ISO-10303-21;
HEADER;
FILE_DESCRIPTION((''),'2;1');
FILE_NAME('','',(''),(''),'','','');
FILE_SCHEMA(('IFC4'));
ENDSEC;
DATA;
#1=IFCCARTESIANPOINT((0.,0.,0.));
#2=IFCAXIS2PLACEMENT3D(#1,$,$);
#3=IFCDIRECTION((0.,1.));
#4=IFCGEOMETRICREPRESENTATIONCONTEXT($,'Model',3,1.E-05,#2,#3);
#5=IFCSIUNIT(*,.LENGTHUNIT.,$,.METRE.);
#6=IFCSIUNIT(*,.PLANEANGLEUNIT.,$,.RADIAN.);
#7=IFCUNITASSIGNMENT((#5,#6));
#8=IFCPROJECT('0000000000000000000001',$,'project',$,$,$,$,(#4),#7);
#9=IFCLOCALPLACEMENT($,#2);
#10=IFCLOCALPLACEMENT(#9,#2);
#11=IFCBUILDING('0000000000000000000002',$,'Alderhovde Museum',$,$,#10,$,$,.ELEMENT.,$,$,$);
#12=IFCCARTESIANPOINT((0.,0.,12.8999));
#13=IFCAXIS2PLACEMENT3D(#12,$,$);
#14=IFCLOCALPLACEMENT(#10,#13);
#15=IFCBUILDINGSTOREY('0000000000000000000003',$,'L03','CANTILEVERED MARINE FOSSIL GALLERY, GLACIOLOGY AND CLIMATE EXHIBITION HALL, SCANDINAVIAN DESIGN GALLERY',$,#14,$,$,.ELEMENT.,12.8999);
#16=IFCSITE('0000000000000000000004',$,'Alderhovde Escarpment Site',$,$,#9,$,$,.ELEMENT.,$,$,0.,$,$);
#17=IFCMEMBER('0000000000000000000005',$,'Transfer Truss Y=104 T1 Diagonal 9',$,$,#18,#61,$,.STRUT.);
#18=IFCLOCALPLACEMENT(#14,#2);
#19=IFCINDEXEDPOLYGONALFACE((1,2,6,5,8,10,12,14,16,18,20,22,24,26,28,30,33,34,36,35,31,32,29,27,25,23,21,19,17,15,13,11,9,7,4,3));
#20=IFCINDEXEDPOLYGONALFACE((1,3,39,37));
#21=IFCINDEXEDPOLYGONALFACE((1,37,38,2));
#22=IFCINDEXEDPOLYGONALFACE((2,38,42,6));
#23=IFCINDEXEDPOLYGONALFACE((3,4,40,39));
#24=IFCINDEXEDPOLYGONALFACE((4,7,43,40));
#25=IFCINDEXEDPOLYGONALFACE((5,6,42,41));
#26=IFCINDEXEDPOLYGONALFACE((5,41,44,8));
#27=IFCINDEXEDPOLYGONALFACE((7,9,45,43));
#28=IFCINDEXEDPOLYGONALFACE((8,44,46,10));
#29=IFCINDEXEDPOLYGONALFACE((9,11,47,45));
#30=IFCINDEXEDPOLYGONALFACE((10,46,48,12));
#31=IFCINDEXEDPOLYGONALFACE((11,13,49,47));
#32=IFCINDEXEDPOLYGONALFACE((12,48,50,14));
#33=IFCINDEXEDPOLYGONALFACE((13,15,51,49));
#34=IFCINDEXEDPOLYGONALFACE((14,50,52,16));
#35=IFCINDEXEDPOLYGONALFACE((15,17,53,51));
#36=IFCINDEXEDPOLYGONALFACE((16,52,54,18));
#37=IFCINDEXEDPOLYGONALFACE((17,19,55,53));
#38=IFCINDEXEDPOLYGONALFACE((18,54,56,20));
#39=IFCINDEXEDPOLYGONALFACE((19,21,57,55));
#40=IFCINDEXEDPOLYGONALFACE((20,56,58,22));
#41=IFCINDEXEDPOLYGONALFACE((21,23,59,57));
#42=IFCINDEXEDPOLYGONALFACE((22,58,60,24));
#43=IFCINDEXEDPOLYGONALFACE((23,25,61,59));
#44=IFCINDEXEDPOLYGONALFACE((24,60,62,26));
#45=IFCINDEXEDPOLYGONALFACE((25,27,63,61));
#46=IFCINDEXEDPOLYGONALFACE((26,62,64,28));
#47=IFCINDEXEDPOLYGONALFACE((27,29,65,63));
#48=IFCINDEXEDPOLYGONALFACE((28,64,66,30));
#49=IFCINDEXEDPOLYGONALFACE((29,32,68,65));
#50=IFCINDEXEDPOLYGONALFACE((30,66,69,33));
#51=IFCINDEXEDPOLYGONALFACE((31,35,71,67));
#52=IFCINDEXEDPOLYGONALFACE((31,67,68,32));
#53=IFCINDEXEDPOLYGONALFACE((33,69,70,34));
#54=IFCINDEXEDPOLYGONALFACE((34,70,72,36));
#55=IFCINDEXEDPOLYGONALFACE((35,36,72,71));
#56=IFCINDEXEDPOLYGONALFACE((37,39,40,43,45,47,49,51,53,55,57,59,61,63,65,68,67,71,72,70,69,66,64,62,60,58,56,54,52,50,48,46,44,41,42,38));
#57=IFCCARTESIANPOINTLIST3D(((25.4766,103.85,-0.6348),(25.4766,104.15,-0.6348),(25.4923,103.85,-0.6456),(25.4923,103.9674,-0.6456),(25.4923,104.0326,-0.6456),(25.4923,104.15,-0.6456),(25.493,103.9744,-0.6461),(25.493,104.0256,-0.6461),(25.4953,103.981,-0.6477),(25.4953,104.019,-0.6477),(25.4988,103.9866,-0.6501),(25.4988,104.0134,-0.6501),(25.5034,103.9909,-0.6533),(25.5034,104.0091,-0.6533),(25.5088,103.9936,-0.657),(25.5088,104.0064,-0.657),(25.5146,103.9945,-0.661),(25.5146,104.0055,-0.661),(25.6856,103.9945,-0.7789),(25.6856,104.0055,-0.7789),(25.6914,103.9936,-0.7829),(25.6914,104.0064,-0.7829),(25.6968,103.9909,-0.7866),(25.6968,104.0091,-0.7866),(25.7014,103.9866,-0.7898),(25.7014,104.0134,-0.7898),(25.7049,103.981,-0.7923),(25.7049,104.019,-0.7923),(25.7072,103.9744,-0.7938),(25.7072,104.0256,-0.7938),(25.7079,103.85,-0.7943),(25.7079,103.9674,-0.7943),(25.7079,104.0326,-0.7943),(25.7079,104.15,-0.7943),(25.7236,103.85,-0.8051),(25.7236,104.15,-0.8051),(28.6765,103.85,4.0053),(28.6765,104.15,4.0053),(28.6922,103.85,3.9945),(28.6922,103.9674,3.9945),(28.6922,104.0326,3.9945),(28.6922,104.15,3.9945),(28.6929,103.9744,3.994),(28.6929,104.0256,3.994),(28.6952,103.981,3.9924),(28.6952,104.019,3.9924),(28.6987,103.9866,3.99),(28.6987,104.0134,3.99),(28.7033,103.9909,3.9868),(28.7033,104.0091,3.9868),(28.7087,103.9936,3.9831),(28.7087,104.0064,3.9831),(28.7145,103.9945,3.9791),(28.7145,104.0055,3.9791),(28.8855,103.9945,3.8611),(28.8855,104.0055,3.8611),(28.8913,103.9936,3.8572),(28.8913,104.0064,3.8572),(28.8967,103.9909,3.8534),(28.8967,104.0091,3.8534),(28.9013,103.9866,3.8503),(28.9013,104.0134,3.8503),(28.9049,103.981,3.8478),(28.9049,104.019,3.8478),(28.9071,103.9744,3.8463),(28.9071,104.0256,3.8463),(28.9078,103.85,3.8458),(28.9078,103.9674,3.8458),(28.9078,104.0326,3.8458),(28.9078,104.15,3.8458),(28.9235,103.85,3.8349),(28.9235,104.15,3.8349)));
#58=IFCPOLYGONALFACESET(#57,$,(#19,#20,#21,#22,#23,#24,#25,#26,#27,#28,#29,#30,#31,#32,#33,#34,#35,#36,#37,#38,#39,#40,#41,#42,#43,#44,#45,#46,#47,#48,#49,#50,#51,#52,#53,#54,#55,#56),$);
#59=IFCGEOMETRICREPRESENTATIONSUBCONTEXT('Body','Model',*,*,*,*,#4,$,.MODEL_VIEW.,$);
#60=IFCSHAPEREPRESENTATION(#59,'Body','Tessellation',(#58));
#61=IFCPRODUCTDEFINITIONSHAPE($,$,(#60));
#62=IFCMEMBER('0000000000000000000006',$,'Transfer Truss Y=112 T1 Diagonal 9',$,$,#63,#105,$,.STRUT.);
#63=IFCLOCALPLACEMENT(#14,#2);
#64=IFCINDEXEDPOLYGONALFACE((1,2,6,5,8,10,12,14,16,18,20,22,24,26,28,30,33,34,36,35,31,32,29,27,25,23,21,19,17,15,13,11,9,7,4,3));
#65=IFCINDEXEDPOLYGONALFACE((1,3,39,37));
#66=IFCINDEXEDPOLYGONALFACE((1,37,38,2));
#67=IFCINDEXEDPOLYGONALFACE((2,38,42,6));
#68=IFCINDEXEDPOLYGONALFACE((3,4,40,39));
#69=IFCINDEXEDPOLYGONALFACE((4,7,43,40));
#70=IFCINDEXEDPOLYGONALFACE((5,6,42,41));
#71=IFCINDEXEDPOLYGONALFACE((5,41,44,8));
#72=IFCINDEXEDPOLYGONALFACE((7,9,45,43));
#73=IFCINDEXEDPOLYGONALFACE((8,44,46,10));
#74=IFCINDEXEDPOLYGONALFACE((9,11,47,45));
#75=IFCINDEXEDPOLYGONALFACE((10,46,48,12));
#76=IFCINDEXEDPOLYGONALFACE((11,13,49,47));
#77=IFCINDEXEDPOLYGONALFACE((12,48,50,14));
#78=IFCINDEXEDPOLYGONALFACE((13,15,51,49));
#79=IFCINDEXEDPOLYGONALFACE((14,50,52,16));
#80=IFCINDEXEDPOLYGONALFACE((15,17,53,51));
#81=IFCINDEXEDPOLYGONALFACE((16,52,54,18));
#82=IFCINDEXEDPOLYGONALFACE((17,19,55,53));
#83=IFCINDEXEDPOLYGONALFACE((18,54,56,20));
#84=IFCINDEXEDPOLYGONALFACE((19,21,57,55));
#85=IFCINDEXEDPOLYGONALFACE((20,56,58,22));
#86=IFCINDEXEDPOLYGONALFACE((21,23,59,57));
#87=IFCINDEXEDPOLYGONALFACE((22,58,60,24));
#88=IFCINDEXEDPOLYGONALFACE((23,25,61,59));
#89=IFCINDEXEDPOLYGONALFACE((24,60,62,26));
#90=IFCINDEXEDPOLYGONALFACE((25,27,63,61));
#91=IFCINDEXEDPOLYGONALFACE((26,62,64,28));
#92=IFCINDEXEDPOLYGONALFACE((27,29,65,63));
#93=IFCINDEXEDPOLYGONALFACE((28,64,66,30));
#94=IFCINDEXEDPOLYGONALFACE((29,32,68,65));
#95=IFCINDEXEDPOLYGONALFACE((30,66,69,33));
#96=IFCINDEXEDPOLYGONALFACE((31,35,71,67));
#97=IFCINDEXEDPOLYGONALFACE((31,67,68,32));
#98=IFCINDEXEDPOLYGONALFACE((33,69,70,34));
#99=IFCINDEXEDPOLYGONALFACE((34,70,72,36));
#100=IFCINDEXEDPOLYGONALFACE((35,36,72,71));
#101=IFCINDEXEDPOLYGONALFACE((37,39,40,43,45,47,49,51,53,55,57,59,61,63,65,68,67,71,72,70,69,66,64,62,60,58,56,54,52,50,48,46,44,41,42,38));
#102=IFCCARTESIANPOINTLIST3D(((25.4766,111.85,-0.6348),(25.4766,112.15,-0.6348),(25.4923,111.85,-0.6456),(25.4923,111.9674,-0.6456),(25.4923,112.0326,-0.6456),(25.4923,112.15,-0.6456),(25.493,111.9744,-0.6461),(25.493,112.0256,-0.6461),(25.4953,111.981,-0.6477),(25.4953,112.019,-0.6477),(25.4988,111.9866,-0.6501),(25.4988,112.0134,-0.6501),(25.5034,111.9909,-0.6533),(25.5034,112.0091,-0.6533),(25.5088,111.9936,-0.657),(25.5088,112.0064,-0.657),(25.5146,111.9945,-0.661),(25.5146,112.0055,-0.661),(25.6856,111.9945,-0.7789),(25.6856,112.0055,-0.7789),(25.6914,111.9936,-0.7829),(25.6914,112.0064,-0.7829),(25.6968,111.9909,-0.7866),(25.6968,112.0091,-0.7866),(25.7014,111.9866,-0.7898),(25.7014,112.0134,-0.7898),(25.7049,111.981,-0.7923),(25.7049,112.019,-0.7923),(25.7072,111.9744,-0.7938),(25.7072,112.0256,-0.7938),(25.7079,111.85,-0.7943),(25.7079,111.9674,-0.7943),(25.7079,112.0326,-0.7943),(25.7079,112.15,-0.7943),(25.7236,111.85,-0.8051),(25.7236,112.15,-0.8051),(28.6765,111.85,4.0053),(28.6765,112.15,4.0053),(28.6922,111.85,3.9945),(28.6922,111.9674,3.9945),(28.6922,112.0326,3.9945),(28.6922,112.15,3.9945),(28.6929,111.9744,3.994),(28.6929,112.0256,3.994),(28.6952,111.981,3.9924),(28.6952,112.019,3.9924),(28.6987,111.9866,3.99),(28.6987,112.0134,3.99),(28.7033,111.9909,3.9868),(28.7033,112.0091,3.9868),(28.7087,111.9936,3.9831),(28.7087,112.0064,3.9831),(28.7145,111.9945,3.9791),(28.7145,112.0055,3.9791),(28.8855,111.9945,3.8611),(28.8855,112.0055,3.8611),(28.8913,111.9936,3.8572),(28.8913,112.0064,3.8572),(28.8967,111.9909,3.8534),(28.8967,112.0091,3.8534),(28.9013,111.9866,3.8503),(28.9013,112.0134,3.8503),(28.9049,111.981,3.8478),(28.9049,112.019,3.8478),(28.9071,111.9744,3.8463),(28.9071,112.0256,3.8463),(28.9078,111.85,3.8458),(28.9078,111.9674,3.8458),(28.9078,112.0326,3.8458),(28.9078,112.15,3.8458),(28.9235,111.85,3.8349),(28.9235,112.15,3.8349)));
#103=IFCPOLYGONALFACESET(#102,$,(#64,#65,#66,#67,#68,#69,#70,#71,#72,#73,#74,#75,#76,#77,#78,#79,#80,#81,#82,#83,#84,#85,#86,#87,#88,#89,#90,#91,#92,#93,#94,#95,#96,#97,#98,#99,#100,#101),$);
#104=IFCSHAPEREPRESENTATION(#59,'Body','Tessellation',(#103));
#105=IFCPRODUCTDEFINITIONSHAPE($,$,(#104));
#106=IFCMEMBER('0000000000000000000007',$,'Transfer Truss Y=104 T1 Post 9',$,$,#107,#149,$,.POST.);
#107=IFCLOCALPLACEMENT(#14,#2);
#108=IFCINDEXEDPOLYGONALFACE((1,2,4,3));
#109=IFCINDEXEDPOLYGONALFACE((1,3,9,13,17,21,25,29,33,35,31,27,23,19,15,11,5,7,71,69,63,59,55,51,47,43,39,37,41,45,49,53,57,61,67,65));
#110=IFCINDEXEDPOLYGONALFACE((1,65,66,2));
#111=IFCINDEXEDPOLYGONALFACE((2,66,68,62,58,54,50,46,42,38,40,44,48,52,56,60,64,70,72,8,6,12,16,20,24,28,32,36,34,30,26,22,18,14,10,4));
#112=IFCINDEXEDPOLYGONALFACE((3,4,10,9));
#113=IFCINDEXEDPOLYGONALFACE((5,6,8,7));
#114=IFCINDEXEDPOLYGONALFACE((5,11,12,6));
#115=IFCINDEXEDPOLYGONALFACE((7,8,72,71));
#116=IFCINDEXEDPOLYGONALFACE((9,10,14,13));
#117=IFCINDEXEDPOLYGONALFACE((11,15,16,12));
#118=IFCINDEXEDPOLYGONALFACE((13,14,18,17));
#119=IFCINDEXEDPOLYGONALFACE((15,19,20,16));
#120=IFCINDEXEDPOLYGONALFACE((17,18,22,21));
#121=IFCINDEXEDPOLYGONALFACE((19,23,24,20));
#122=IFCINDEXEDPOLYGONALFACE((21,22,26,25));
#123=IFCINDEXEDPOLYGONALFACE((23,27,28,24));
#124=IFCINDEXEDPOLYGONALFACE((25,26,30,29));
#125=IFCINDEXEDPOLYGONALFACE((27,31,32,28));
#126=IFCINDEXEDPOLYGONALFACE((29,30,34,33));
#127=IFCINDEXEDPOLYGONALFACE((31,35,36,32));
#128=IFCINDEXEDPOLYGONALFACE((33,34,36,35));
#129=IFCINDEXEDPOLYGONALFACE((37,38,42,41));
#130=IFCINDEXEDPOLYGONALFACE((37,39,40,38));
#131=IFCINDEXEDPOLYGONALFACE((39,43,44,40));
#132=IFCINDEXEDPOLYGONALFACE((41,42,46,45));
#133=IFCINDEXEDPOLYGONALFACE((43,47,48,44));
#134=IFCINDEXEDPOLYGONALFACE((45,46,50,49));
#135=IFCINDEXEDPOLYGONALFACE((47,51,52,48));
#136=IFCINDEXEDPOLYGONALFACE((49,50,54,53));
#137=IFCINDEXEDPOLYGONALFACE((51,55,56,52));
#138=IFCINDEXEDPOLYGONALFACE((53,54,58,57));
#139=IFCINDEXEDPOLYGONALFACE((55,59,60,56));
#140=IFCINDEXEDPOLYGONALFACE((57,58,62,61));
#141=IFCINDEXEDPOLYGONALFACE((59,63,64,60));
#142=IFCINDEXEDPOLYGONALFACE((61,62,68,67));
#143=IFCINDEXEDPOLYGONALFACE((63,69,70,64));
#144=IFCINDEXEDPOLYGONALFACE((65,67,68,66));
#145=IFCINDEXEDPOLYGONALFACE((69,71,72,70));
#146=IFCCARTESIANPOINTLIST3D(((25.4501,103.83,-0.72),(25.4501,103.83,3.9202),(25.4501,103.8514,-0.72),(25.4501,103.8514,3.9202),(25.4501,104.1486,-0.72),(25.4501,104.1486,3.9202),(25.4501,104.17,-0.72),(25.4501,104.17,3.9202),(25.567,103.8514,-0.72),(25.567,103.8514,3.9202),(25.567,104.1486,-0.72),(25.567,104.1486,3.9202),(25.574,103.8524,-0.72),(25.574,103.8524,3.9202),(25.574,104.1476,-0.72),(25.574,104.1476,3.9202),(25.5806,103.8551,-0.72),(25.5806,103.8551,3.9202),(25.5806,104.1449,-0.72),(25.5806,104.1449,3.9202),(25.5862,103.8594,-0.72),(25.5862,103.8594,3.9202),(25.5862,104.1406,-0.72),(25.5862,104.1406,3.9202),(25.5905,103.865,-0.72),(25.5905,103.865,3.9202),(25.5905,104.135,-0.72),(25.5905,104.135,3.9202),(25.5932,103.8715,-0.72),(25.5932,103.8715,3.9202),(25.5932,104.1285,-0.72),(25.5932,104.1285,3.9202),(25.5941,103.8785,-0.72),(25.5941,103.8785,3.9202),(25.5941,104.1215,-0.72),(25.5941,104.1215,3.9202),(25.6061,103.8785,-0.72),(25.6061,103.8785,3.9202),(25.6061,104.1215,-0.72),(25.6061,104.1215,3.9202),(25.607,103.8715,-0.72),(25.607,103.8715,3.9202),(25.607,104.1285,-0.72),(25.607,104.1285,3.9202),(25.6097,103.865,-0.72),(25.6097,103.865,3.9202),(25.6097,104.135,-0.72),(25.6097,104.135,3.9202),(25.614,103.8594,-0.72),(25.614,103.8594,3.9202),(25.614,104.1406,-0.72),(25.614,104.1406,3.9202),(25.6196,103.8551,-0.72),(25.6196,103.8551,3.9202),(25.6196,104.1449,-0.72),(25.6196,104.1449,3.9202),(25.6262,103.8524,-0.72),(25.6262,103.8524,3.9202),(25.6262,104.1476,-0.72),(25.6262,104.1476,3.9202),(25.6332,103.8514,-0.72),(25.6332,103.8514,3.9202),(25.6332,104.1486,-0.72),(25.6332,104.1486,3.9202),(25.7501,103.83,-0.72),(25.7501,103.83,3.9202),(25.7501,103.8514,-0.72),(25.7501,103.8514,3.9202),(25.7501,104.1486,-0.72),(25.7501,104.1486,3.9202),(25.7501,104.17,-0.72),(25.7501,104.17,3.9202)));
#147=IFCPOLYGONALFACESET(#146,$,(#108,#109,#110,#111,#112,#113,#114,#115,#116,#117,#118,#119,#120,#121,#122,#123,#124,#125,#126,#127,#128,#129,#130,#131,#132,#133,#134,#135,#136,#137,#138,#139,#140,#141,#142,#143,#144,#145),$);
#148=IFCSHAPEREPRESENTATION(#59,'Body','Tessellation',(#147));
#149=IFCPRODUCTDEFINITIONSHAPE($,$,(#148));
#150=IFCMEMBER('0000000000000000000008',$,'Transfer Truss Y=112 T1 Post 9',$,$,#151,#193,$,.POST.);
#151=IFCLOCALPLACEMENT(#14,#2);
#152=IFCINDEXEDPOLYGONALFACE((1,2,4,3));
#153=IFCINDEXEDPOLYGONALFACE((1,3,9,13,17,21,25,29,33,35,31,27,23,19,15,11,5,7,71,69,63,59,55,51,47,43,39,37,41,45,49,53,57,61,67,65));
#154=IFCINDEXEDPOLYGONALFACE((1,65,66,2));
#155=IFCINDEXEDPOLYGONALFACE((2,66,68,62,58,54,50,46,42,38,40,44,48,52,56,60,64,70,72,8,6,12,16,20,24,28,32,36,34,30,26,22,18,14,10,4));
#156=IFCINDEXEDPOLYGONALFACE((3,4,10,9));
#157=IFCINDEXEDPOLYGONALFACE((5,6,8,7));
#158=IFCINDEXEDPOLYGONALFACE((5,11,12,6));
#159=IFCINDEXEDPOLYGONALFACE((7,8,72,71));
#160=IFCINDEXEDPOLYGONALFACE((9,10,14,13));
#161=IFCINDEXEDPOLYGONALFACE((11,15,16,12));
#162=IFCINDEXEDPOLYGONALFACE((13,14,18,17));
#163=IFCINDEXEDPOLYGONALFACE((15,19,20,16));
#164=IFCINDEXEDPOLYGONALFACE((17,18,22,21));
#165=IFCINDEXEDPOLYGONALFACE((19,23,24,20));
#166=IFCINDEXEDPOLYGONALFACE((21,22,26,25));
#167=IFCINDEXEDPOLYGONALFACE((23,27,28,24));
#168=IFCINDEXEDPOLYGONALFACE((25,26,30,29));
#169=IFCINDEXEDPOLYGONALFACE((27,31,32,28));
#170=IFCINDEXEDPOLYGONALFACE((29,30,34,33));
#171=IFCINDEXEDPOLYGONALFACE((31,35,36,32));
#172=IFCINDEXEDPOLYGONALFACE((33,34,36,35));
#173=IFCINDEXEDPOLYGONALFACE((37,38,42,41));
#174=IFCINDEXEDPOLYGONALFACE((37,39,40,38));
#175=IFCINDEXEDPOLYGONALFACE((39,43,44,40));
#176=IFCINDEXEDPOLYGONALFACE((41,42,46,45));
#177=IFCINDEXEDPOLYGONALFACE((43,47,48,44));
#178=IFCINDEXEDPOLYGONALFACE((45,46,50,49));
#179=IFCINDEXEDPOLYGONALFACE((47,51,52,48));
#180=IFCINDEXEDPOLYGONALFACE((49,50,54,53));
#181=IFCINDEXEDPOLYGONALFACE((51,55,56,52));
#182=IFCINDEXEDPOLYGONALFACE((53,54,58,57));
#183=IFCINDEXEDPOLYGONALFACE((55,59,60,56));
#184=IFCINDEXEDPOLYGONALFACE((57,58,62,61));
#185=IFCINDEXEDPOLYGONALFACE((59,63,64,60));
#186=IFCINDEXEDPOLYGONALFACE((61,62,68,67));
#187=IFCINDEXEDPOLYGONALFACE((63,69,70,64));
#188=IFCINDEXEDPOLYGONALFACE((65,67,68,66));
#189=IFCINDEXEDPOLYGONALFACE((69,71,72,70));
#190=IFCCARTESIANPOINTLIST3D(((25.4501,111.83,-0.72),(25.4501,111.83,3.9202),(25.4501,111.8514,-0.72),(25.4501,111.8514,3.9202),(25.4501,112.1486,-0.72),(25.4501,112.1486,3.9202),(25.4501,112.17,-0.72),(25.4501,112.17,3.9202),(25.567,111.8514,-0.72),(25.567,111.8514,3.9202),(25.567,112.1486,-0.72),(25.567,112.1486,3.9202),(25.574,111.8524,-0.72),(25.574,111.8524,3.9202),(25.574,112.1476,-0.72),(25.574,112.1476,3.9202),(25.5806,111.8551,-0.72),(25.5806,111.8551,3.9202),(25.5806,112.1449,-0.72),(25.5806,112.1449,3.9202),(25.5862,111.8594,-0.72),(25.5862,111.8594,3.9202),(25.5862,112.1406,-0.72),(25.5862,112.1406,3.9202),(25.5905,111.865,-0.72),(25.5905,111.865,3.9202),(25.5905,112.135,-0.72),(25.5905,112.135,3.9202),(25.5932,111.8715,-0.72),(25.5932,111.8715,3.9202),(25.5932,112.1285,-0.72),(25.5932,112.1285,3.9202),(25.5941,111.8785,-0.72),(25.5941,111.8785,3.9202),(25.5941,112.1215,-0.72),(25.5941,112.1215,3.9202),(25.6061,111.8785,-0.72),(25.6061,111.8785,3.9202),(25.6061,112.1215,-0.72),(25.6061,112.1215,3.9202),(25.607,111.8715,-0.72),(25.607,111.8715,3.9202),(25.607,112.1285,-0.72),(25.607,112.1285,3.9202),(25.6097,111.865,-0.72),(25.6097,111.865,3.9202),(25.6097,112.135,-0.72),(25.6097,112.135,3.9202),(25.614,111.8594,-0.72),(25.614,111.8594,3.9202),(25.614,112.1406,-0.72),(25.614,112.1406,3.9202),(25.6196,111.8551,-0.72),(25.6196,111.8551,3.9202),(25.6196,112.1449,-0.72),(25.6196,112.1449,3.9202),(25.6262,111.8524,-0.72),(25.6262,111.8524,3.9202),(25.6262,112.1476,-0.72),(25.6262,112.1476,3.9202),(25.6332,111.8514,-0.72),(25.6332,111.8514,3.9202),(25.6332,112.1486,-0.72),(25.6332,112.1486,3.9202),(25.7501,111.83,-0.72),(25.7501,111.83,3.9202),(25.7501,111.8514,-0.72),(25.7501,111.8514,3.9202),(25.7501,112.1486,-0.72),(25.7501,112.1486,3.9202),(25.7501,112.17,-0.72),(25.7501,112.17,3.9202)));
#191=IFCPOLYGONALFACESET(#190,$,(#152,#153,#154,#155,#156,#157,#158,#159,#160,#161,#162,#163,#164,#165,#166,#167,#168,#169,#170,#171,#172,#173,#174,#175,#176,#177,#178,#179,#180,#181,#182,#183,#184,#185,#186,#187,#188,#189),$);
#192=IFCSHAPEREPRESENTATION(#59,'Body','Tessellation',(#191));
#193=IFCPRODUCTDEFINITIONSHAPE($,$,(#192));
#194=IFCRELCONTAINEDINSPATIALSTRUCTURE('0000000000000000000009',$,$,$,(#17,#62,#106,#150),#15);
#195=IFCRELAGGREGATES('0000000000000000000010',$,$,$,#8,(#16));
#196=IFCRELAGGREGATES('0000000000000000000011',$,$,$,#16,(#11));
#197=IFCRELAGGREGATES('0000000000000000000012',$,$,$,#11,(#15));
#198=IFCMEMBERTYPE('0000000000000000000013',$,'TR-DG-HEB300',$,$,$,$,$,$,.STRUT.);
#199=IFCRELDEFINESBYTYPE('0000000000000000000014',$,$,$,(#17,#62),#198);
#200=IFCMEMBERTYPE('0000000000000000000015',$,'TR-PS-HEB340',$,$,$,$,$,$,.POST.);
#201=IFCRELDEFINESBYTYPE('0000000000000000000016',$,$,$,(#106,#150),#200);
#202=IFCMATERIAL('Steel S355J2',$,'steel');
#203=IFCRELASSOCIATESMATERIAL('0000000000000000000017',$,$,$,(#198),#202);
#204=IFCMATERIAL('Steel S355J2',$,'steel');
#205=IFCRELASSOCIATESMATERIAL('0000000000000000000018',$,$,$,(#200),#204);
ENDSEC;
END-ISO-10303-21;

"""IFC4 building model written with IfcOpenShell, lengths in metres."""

from ifc_helpers import new_model, si_unit, direction, frame, origin, origin_2d, place, context, subcontext, project, spatial, i_section, extrude, material, material_profile, profile_set, type_object, element, save


model = new_model("IFC4")

# Units and contexts
model_context = context("Model", 3, precision=1e-05, world=origin(), true_north=direction((0.0, 1.0)))
body_context = subcontext(model_context, "Body", "Model", "MODEL_VIEW")
ifc_project = project(units=[si_unit("LENGTHUNIT", "METRE"), si_unit("PLANEANGLEUNIT", "RADIAN")], contexts=[model_context])

# Site, building, storey
site_placement = place(None, origin())
site = spatial("IfcSite", under=ifc_project, at=site_placement, Name="Alderhovde Escarpment Site", CompositionType="ELEMENT", RefElevation=0.0)
building_placement = place(site_placement, origin())
building = spatial("IfcBuilding", under=site, at=building_placement, Name="Alderhovde Museum", CompositionType="ELEMENT")
storey_placement = place(building_placement, frame((0.0, 0.0, 12.8999)))
storey = spatial("IfcBuildingStorey", under=building, at=storey_placement, Name="L03", Description="CANTILEVERED MARINE FOSSIL GALLERY, GLACIOLOGY AND CLIMATE EXHIBITION HALL, SCANDINAVIAN DESIGN GALLERY", CompositionType="ELEMENT", Elevation=12.8999)

# Members
ifc_material_1 = material(Name="Steel S355J2", Category="steel")
ifc_material_profile_1 = material_profile(ifc_material_1, i_section(OverallWidth=0.3, OverallDepth=0.3, WebThickness=0.011, FlangeThickness=0.019, FilletRadius=0.0271, at=origin_2d()), Name="HEB 300")
ifc_profile_set_1 = profile_set([ifc_material_profile_1], Name="Steel S355J2")
member_type_1 = type_object("IfcMemberType", Name="TR-DG-HEB300", PredefinedType="STRUT", material=ifc_profile_set_1)
for number, where, z_axis, x_axis, name in (
    (1, (25.6001, 104.0, -0.72), (0.567716, 0.0, 0.823225), (0.0, 1.0, 0.0), "Transfer Truss Y=104 T1 Diagonal 9"),
    (2, (25.6001, 112.0, -0.72), (0.567716, 0.0, 0.823225), (0.0, 1.0, 0.0), "Transfer Truss Y=112 T1 Diagonal 9"),
):
    element("IfcMember", number, at=place(storey_placement, frame(where, z_axis=z_axis, x_axis=x_axis)), inside=storey, type_object=member_type_1, Name=name, PredefinedType="STRUT", context=body_context, shape_type="SweptSolid", body=[
        extrude(i_section(OverallWidth=0.3, OverallDepth=0.3, WebThickness=0.011, FlangeThickness=0.019, FilletRadius=0.0271, at=origin_2d()), origin(), (0.0, 0.0, 1.0), 5.6365),
    ])
ifc_material_2 = material(Name="Steel S355J2", Category="steel")
ifc_material_profile_2 = material_profile(ifc_material_2, i_section(OverallWidth=0.3, OverallDepth=0.3401, WebThickness=0.012, FlangeThickness=0.0215, FilletRadius=0.0271, at=origin_2d()), Name="HEB 340")
ifc_profile_set_2 = profile_set([ifc_material_profile_2], Name="Steel S355J2")
member_type_2 = type_object("IfcMemberType", Name="TR-PS-HEB340", PredefinedType="POST", material=ifc_profile_set_2)
for number, where, z_axis, x_axis, name in (
    (3, (25.6001, 104.0, -0.72), (0.0, 0.0, 1.0), (1.0, 0.0, 0.0), "Transfer Truss Y=104 T1 Post 9"),
    (4, (25.6001, 112.0, -0.72), (0.0, 0.0, 1.0), (1.0, 0.0, 0.0), "Transfer Truss Y=112 T1 Post 9"),
):
    element("IfcMember", number, at=place(storey_placement, frame(where, z_axis=z_axis, x_axis=x_axis)), inside=storey, type_object=member_type_2, Name=name, PredefinedType="POST", context=body_context, shape_type="SweptSolid", body=[
        extrude(i_section(OverallWidth=0.3, OverallDepth=0.3401, WebThickness=0.012, FlangeThickness=0.0215, FilletRadius=0.0271, at=origin_2d()), origin(), (0.0, 0.0, 1.0), 4.6401),
    ])

save(model, "model.ifc")
